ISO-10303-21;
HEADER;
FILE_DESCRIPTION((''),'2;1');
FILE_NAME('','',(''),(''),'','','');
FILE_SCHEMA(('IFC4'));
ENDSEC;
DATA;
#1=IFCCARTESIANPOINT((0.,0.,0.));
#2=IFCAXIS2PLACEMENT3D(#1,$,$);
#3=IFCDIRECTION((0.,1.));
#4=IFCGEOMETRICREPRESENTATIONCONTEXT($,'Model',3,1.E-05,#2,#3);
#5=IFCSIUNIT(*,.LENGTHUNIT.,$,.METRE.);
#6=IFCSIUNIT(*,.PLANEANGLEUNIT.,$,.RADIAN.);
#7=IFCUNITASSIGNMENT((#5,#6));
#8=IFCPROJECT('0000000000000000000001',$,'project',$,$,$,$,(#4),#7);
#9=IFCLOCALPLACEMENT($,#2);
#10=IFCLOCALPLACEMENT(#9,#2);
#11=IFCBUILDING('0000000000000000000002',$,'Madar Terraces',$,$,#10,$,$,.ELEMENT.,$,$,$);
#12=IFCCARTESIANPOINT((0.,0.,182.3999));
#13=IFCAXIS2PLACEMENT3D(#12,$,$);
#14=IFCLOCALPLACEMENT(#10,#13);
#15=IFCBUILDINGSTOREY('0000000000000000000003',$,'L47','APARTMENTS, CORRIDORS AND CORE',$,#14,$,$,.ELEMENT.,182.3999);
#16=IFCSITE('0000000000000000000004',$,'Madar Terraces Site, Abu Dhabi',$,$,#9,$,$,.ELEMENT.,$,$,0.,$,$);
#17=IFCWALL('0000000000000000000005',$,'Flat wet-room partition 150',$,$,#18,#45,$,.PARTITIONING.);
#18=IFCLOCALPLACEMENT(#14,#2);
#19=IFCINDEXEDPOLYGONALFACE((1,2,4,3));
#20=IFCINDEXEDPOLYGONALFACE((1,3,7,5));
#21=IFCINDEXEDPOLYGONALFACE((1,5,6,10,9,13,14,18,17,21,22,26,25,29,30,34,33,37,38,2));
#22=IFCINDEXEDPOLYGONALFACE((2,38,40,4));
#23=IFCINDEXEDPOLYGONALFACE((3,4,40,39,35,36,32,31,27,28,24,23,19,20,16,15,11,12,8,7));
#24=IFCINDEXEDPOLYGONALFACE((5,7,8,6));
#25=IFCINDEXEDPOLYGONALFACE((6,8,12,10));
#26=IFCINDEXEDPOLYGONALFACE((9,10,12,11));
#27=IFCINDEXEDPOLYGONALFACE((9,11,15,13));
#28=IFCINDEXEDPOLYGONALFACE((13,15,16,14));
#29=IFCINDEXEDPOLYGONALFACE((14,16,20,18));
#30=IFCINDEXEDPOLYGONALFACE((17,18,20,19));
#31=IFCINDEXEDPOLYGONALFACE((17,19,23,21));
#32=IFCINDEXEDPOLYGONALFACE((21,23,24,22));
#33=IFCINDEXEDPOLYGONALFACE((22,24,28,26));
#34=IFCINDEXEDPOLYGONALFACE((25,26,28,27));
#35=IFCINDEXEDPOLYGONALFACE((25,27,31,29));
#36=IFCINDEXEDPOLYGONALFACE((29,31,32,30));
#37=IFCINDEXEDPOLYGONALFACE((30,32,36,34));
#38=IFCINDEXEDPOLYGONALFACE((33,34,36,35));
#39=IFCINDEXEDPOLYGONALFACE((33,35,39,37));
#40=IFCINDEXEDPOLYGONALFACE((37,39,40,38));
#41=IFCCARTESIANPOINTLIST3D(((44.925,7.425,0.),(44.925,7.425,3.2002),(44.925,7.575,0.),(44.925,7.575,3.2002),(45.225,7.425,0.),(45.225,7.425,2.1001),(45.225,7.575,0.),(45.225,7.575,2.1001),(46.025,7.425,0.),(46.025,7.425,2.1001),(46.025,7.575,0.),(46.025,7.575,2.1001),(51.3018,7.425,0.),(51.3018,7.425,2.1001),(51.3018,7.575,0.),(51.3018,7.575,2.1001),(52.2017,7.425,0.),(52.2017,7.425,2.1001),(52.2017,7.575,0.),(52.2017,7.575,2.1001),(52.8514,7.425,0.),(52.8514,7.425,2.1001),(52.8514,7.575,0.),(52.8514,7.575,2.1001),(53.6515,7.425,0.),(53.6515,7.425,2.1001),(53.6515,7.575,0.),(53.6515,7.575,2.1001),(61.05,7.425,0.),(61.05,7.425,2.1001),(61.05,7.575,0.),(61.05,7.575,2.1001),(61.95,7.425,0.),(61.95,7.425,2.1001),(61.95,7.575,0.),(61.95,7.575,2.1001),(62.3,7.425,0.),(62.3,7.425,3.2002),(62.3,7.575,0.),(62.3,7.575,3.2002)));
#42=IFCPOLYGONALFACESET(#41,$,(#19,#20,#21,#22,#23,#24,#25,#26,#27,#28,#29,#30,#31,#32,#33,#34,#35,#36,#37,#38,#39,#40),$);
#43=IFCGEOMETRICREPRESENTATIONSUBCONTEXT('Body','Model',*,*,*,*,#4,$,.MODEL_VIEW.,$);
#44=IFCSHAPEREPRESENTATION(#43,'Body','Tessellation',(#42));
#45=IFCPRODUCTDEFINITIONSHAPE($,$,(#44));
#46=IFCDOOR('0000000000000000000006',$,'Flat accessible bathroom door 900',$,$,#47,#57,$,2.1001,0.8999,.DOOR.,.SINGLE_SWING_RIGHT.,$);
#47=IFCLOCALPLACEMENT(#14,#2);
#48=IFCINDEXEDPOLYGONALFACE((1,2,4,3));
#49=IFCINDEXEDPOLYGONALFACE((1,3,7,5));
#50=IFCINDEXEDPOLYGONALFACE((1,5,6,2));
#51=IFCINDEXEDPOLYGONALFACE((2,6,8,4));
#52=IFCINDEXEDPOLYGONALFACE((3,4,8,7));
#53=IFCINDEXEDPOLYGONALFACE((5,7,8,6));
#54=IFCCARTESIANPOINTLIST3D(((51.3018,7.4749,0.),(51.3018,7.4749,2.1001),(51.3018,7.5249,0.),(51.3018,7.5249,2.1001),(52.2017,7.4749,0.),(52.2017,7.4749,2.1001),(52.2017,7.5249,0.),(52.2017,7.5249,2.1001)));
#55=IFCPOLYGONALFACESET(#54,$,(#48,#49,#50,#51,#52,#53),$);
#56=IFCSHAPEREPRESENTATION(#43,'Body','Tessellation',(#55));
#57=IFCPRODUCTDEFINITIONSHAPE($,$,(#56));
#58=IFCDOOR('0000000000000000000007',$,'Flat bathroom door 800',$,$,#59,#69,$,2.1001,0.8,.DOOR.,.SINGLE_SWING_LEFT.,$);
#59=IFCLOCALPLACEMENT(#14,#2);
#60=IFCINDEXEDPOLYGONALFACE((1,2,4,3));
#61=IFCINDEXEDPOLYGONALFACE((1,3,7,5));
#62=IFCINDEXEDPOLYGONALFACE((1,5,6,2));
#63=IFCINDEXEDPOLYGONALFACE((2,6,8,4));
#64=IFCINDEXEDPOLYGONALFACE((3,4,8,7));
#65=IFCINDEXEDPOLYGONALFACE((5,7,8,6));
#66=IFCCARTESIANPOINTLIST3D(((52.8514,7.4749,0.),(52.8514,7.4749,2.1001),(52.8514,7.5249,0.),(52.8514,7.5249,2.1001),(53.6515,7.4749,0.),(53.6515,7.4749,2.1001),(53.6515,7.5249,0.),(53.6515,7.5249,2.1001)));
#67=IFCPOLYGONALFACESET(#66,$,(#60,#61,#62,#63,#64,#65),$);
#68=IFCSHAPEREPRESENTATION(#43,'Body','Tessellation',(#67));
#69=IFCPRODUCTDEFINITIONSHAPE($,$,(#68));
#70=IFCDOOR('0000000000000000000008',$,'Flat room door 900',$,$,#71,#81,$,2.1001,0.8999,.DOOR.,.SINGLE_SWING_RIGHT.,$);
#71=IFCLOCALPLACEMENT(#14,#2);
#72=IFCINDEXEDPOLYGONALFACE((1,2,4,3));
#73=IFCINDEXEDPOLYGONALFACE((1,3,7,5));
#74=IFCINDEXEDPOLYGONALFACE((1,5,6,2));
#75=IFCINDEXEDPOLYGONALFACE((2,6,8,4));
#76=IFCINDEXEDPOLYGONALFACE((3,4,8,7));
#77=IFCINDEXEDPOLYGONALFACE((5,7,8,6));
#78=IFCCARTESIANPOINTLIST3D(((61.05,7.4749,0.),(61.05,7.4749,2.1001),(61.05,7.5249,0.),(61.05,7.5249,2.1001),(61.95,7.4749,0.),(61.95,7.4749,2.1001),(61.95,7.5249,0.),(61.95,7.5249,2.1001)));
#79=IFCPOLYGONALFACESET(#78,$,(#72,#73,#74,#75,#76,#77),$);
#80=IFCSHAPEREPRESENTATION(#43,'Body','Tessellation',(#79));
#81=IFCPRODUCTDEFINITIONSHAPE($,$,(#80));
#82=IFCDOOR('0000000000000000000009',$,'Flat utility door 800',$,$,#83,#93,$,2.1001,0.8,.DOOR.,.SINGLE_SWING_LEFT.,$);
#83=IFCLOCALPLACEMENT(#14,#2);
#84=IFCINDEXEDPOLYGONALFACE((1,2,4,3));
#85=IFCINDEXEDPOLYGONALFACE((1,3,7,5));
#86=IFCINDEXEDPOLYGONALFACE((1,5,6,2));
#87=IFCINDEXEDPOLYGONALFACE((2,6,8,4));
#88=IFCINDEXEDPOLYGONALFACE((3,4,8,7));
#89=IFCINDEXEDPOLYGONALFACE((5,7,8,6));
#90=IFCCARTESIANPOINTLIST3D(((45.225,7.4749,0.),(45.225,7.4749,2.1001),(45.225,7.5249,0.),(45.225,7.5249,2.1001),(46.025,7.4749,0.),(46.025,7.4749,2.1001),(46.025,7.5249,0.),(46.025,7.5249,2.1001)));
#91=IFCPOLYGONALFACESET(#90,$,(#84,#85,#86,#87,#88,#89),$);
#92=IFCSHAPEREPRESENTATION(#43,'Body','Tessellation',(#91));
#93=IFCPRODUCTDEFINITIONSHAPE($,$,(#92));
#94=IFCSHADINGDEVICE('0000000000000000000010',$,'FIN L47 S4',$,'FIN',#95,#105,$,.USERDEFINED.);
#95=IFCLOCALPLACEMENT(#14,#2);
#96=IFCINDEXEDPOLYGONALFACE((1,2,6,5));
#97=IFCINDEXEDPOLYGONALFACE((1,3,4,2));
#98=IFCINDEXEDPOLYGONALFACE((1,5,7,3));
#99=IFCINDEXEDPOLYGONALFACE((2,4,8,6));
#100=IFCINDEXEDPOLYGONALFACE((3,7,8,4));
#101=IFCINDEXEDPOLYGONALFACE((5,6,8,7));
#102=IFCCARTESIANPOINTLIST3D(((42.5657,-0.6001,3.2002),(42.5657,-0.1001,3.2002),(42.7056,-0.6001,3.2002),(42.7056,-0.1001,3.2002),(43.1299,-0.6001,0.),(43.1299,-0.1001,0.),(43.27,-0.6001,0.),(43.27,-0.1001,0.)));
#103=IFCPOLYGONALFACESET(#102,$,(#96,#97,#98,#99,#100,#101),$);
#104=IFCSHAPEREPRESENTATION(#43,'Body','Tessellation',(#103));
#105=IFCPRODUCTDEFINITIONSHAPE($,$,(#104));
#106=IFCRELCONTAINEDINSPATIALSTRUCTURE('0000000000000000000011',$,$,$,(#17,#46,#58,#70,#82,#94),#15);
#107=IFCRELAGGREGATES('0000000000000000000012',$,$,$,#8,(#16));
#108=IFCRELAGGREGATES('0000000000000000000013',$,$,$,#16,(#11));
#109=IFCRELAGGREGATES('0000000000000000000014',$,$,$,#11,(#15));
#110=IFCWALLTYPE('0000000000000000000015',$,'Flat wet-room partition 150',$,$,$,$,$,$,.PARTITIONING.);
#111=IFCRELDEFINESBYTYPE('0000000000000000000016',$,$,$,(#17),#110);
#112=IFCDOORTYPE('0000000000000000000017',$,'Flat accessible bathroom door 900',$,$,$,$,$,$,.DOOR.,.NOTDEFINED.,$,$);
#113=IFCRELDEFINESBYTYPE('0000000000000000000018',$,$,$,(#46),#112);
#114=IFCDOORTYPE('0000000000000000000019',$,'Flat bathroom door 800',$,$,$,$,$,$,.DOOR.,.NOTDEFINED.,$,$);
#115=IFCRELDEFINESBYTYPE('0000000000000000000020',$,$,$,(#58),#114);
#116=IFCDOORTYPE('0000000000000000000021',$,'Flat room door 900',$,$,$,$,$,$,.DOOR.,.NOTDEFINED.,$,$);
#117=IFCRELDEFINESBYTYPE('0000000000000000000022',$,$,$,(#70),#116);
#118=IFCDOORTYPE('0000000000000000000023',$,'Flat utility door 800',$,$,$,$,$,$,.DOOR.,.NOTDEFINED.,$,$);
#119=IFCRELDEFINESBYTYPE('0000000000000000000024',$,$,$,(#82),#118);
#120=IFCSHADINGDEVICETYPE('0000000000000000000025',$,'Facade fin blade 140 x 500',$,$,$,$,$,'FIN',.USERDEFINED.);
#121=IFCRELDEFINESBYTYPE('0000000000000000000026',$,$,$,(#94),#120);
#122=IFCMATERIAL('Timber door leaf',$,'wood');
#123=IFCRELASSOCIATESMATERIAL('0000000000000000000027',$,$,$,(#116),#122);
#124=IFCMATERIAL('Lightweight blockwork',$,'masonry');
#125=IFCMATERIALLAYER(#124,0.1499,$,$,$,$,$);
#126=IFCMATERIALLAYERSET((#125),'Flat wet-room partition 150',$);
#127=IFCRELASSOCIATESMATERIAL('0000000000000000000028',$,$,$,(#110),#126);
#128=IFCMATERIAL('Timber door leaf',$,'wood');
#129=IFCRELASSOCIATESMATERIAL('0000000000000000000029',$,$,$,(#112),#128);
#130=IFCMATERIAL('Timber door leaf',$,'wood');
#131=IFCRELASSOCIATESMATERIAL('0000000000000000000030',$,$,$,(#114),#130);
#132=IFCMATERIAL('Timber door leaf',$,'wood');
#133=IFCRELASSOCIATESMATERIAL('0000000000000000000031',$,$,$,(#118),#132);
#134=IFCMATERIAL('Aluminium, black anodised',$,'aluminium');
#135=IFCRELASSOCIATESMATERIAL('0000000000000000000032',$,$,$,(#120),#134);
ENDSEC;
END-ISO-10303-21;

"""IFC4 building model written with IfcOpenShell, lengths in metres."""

from ifc_helpers import new_model, si_unit, direction, frame, frame_2d, origin, place, context, subcontext, project, spatial, polyline, rectangle, outline, extrude, material, layer, layer_set, type_object, element, fill, save


model = new_model("IFC4")

# Units and contexts
model_context = context("Model", 3, precision=1e-05, world=origin(), true_north=direction((0.0, 1.0)))
body_context = subcontext(model_context, "Body", "Model", "MODEL_VIEW")
ifc_project = project(units=[si_unit("LENGTHUNIT", "METRE"), si_unit("PLANEANGLEUNIT", "RADIAN")], contexts=[model_context])

# Site, building, storey
site_placement = place(None, origin())
site = spatial("IfcSite", under=ifc_project, at=site_placement, Name="Madar Terraces Site, Abu Dhabi", CompositionType="ELEMENT", RefElevation=0.0)
building_placement = place(site_placement, origin())
building = spatial("IfcBuilding", under=site, at=building_placement, Name="Madar Terraces", CompositionType="ELEMENT")
storey_placement = place(building_placement, frame((0.0, 0.0, 182.3999)))
storey = spatial("IfcBuildingStorey", under=building, at=storey_placement, Name="L47", Description="APARTMENTS, CORRIDORS AND CORE", CompositionType="ELEMENT", Elevation=182.3999)

# Shared definitions
ifc_material_1 = material(Name="Timber door leaf", Category="wood")
door_type_1 = type_object("IfcDoorType", Name="Flat room door 900", OperationType="NOTDEFINED", PredefinedType="DOOR", material=ifc_material_1)

# Shared definitions
ifc_material_2 = material(Name="Lightweight blockwork", Category="masonry")
ifc_layer_1 = layer(ifc_material_2, 0.1499)
ifc_layer_set_1 = layer_set([ifc_layer_1], Name="Flat wet-room partition 150")
wall_type_1 = type_object("IfcWallType", Name="Flat wet-room partition 150", PredefinedType="PARTITIONING", material=ifc_layer_set_1)

# Wall, openings, doors
wall_1_placement = place(storey_placement, frame((44.925, 7.5, 0.0), z_axis=(0.0, 0.0, 1.0), x_axis=(1.0, 0.0, 0.0)))
wall_1 = element("IfcWall", 1, at=wall_1_placement, inside=storey, type_object=wall_type_1, Name="Flat wet-room partition 150", PredefinedType="PARTITIONING", context=body_context, shape_type="SweptSolid", body=[
    extrude(rectangle(XDim=17.375, YDim=0.1499, at=frame_2d((8.6875, 0.0))), origin(), (0.0, 0.0, 1.0), 3.2002),
])
opening_1_placement = place(wall_1_placement, frame((0.3, 0.0, 0.0)))
opening_1 = element("IfcOpeningElement", 2, at=opening_1_placement, cuts=wall_1, PredefinedType="OPENING", context=body_context, shape_type="SweptSolid", body=[
    extrude(rectangle(XDim=0.8, YDim=2.1001, at=frame_2d((0.3999, 1.05))), frame((0.0, 0.085, 0.0), z_axis=(0.0, -1.0, 0.0), x_axis=(1.0, 0.0, 0.0)), (0.0, 0.0, 1.0), 0.1699),
])
opening_2_placement = place(wall_1_placement, frame((6.3767, 0.0, 0.0)))
opening_2 = element("IfcOpeningElement", 3, at=opening_2_placement, cuts=wall_1, PredefinedType="OPENING", context=body_context, shape_type="SweptSolid", body=[
    extrude(rectangle(XDim=0.8999, YDim=2.1001, at=frame_2d((0.45, 1.05))), frame((0.0, 0.085, 0.0), z_axis=(0.0, -1.0, 0.0), x_axis=(1.0, 0.0, 0.0)), (0.0, 0.0, 1.0), 0.1699),
])
opening_3_placement = place(wall_1_placement, frame((7.9265, 0.0, 0.0)))
opening_3 = element("IfcOpeningElement", 4, at=opening_3_placement, cuts=wall_1, PredefinedType="OPENING", context=body_context, shape_type="SweptSolid", body=[
    extrude(rectangle(XDim=0.8, YDim=2.1001, at=frame_2d((0.3999, 1.05))), frame((0.0, 0.085, 0.0), z_axis=(0.0, -1.0, 0.0), x_axis=(1.0, 0.0, 0.0)), (0.0, 0.0, 1.0), 0.1699),
])
opening_4_placement = place(wall_1_placement, frame((16.125, 0.0, 0.0)))
opening_4 = element("IfcOpeningElement", 5, at=opening_4_placement, cuts=wall_1, PredefinedType="OPENING", context=body_context, shape_type="SweptSolid", body=[
    extrude(rectangle(XDim=0.8999, YDim=2.1001, at=frame_2d((0.45, 1.05))), frame((0.0, 0.085, 0.0), z_axis=(0.0, -1.0, 0.0), x_axis=(1.0, 0.0, 0.0)), (0.0, 0.0, 1.0), 0.1699),
])
ifc_material_3 = material(Name="Timber door leaf", Category="wood")
door_type_2 = type_object("IfcDoorType", Name="Flat accessible bathroom door 900", OperationType="NOTDEFINED", PredefinedType="DOOR", material=ifc_material_3)
door_1_placement = place(opening_2_placement, origin())
door_1 = element("IfcDoor", 6, at=door_1_placement, inside=storey, type_object=door_type_2, Name="Flat accessible bathroom door 900", OperationType="SINGLE_SWING_RIGHT", OverallHeight=2.1001, OverallWidth=0.8999, PredefinedType="DOOR", context=body_context, shape_type="SweptSolid", body=[
    extrude(rectangle(XDim=0.8999, YDim=2.1001, at=frame_2d((0.45, 1.05))), frame((0.0, 0.0249, 0.0), z_axis=(0.0, -1.0, 0.0), x_axis=(1.0, 0.0, 0.0)), (0.0, 0.0, 1.0), 0.05),
])
fill(opening_2, door_1)
ifc_material_4 = material(Name="Timber door leaf", Category="wood")
door_type_3 = type_object("IfcDoorType", Name="Flat bathroom door 800", OperationType="NOTDEFINED", PredefinedType="DOOR", material=ifc_material_4)
door_2_placement = place(opening_3_placement, origin())
door_2 = element("IfcDoor", 7, at=door_2_placement, inside=storey, type_object=door_type_3, Name="Flat bathroom door 800", OperationType="SINGLE_SWING_LEFT", OverallHeight=2.1001, OverallWidth=0.8, PredefinedType="DOOR", context=body_context, shape_type="SweptSolid", body=[
    extrude(rectangle(XDim=0.8, YDim=2.1001, at=frame_2d((0.3999, 1.05))), frame((0.0, 0.0249, 0.0), z_axis=(0.0, -1.0, 0.0), x_axis=(1.0, 0.0, 0.0)), (0.0, 0.0, 1.0), 0.05),
])
fill(opening_3, door_2)
door_3_placement = place(opening_4_placement, origin())
door_3 = element("IfcDoor", 8, at=door_3_placement, inside=storey, type_object=door_type_1, Name="Flat room door 900", OperationType="SINGLE_SWING_RIGHT", OverallHeight=2.1001, OverallWidth=0.8999, PredefinedType="DOOR", context=body_context, shape_type="SweptSolid", body=[
    extrude(rectangle(XDim=0.8999, YDim=2.1001, at=frame_2d((0.45, 1.05))), frame((0.0, 0.0249, 0.0), z_axis=(0.0, -1.0, 0.0), x_axis=(1.0, 0.0, 0.0)), (0.0, 0.0, 1.0), 0.05),
])
fill(opening_4, door_3)
ifc_material_5 = material(Name="Timber door leaf", Category="wood")
door_type_4 = type_object("IfcDoorType", Name="Flat utility door 800", OperationType="NOTDEFINED", PredefinedType="DOOR", material=ifc_material_5)
door_4_placement = place(opening_1_placement, origin())
door_4 = element("IfcDoor", 9, at=door_4_placement, inside=storey, type_object=door_type_4, Name="Flat utility door 800", OperationType="SINGLE_SWING_LEFT", OverallHeight=2.1001, OverallWidth=0.8, PredefinedType="DOOR", context=body_context, shape_type="SweptSolid", body=[
    extrude(rectangle(XDim=0.8, YDim=2.1001, at=frame_2d((0.3999, 1.05))), frame((0.0, 0.0249, 0.0), z_axis=(0.0, -1.0, 0.0), x_axis=(1.0, 0.0, 0.0)), (0.0, 0.0, 1.0), 0.05),
])
fill(opening_1, door_4)

# Shading device
ifc_material_6 = material(Name="Aluminium, black anodised", Category="aluminium")
shading_device_type = type_object("IfcShadingDeviceType", Name="Facade fin blade 140 x 500", ElementType="FIN", PredefinedType="USERDEFINED", material=ifc_material_6)
shading_device_placement = place(storey_placement, frame((43.1299, -0.3501, 0.0), z_axis=(0.0, 0.0, 1.0), x_axis=(1.0, 0.0, 0.0)))
element("IfcShadingDevice", 10, at=shading_device_placement, inside=storey, type_object=shading_device_type, Name="FIN L47 S4", ObjectType="FIN", PredefinedType="USERDEFINED", context=body_context, shape_type="SweptSolid", body=[
    extrude(outline(polyline([(0.0, 0.0), (0.1401, 0.0), (-0.4243, 3.2002), (-0.5642, 3.2002), (0.0, 0.0)])), frame((0.0, 0.25, 0.0), z_axis=(0.0, -1.0, 0.0), x_axis=(1.0, 0.0, 0.0)), (0.0, 0.0, 1.0), 0.5),
])

save(model, "model.ifc")
